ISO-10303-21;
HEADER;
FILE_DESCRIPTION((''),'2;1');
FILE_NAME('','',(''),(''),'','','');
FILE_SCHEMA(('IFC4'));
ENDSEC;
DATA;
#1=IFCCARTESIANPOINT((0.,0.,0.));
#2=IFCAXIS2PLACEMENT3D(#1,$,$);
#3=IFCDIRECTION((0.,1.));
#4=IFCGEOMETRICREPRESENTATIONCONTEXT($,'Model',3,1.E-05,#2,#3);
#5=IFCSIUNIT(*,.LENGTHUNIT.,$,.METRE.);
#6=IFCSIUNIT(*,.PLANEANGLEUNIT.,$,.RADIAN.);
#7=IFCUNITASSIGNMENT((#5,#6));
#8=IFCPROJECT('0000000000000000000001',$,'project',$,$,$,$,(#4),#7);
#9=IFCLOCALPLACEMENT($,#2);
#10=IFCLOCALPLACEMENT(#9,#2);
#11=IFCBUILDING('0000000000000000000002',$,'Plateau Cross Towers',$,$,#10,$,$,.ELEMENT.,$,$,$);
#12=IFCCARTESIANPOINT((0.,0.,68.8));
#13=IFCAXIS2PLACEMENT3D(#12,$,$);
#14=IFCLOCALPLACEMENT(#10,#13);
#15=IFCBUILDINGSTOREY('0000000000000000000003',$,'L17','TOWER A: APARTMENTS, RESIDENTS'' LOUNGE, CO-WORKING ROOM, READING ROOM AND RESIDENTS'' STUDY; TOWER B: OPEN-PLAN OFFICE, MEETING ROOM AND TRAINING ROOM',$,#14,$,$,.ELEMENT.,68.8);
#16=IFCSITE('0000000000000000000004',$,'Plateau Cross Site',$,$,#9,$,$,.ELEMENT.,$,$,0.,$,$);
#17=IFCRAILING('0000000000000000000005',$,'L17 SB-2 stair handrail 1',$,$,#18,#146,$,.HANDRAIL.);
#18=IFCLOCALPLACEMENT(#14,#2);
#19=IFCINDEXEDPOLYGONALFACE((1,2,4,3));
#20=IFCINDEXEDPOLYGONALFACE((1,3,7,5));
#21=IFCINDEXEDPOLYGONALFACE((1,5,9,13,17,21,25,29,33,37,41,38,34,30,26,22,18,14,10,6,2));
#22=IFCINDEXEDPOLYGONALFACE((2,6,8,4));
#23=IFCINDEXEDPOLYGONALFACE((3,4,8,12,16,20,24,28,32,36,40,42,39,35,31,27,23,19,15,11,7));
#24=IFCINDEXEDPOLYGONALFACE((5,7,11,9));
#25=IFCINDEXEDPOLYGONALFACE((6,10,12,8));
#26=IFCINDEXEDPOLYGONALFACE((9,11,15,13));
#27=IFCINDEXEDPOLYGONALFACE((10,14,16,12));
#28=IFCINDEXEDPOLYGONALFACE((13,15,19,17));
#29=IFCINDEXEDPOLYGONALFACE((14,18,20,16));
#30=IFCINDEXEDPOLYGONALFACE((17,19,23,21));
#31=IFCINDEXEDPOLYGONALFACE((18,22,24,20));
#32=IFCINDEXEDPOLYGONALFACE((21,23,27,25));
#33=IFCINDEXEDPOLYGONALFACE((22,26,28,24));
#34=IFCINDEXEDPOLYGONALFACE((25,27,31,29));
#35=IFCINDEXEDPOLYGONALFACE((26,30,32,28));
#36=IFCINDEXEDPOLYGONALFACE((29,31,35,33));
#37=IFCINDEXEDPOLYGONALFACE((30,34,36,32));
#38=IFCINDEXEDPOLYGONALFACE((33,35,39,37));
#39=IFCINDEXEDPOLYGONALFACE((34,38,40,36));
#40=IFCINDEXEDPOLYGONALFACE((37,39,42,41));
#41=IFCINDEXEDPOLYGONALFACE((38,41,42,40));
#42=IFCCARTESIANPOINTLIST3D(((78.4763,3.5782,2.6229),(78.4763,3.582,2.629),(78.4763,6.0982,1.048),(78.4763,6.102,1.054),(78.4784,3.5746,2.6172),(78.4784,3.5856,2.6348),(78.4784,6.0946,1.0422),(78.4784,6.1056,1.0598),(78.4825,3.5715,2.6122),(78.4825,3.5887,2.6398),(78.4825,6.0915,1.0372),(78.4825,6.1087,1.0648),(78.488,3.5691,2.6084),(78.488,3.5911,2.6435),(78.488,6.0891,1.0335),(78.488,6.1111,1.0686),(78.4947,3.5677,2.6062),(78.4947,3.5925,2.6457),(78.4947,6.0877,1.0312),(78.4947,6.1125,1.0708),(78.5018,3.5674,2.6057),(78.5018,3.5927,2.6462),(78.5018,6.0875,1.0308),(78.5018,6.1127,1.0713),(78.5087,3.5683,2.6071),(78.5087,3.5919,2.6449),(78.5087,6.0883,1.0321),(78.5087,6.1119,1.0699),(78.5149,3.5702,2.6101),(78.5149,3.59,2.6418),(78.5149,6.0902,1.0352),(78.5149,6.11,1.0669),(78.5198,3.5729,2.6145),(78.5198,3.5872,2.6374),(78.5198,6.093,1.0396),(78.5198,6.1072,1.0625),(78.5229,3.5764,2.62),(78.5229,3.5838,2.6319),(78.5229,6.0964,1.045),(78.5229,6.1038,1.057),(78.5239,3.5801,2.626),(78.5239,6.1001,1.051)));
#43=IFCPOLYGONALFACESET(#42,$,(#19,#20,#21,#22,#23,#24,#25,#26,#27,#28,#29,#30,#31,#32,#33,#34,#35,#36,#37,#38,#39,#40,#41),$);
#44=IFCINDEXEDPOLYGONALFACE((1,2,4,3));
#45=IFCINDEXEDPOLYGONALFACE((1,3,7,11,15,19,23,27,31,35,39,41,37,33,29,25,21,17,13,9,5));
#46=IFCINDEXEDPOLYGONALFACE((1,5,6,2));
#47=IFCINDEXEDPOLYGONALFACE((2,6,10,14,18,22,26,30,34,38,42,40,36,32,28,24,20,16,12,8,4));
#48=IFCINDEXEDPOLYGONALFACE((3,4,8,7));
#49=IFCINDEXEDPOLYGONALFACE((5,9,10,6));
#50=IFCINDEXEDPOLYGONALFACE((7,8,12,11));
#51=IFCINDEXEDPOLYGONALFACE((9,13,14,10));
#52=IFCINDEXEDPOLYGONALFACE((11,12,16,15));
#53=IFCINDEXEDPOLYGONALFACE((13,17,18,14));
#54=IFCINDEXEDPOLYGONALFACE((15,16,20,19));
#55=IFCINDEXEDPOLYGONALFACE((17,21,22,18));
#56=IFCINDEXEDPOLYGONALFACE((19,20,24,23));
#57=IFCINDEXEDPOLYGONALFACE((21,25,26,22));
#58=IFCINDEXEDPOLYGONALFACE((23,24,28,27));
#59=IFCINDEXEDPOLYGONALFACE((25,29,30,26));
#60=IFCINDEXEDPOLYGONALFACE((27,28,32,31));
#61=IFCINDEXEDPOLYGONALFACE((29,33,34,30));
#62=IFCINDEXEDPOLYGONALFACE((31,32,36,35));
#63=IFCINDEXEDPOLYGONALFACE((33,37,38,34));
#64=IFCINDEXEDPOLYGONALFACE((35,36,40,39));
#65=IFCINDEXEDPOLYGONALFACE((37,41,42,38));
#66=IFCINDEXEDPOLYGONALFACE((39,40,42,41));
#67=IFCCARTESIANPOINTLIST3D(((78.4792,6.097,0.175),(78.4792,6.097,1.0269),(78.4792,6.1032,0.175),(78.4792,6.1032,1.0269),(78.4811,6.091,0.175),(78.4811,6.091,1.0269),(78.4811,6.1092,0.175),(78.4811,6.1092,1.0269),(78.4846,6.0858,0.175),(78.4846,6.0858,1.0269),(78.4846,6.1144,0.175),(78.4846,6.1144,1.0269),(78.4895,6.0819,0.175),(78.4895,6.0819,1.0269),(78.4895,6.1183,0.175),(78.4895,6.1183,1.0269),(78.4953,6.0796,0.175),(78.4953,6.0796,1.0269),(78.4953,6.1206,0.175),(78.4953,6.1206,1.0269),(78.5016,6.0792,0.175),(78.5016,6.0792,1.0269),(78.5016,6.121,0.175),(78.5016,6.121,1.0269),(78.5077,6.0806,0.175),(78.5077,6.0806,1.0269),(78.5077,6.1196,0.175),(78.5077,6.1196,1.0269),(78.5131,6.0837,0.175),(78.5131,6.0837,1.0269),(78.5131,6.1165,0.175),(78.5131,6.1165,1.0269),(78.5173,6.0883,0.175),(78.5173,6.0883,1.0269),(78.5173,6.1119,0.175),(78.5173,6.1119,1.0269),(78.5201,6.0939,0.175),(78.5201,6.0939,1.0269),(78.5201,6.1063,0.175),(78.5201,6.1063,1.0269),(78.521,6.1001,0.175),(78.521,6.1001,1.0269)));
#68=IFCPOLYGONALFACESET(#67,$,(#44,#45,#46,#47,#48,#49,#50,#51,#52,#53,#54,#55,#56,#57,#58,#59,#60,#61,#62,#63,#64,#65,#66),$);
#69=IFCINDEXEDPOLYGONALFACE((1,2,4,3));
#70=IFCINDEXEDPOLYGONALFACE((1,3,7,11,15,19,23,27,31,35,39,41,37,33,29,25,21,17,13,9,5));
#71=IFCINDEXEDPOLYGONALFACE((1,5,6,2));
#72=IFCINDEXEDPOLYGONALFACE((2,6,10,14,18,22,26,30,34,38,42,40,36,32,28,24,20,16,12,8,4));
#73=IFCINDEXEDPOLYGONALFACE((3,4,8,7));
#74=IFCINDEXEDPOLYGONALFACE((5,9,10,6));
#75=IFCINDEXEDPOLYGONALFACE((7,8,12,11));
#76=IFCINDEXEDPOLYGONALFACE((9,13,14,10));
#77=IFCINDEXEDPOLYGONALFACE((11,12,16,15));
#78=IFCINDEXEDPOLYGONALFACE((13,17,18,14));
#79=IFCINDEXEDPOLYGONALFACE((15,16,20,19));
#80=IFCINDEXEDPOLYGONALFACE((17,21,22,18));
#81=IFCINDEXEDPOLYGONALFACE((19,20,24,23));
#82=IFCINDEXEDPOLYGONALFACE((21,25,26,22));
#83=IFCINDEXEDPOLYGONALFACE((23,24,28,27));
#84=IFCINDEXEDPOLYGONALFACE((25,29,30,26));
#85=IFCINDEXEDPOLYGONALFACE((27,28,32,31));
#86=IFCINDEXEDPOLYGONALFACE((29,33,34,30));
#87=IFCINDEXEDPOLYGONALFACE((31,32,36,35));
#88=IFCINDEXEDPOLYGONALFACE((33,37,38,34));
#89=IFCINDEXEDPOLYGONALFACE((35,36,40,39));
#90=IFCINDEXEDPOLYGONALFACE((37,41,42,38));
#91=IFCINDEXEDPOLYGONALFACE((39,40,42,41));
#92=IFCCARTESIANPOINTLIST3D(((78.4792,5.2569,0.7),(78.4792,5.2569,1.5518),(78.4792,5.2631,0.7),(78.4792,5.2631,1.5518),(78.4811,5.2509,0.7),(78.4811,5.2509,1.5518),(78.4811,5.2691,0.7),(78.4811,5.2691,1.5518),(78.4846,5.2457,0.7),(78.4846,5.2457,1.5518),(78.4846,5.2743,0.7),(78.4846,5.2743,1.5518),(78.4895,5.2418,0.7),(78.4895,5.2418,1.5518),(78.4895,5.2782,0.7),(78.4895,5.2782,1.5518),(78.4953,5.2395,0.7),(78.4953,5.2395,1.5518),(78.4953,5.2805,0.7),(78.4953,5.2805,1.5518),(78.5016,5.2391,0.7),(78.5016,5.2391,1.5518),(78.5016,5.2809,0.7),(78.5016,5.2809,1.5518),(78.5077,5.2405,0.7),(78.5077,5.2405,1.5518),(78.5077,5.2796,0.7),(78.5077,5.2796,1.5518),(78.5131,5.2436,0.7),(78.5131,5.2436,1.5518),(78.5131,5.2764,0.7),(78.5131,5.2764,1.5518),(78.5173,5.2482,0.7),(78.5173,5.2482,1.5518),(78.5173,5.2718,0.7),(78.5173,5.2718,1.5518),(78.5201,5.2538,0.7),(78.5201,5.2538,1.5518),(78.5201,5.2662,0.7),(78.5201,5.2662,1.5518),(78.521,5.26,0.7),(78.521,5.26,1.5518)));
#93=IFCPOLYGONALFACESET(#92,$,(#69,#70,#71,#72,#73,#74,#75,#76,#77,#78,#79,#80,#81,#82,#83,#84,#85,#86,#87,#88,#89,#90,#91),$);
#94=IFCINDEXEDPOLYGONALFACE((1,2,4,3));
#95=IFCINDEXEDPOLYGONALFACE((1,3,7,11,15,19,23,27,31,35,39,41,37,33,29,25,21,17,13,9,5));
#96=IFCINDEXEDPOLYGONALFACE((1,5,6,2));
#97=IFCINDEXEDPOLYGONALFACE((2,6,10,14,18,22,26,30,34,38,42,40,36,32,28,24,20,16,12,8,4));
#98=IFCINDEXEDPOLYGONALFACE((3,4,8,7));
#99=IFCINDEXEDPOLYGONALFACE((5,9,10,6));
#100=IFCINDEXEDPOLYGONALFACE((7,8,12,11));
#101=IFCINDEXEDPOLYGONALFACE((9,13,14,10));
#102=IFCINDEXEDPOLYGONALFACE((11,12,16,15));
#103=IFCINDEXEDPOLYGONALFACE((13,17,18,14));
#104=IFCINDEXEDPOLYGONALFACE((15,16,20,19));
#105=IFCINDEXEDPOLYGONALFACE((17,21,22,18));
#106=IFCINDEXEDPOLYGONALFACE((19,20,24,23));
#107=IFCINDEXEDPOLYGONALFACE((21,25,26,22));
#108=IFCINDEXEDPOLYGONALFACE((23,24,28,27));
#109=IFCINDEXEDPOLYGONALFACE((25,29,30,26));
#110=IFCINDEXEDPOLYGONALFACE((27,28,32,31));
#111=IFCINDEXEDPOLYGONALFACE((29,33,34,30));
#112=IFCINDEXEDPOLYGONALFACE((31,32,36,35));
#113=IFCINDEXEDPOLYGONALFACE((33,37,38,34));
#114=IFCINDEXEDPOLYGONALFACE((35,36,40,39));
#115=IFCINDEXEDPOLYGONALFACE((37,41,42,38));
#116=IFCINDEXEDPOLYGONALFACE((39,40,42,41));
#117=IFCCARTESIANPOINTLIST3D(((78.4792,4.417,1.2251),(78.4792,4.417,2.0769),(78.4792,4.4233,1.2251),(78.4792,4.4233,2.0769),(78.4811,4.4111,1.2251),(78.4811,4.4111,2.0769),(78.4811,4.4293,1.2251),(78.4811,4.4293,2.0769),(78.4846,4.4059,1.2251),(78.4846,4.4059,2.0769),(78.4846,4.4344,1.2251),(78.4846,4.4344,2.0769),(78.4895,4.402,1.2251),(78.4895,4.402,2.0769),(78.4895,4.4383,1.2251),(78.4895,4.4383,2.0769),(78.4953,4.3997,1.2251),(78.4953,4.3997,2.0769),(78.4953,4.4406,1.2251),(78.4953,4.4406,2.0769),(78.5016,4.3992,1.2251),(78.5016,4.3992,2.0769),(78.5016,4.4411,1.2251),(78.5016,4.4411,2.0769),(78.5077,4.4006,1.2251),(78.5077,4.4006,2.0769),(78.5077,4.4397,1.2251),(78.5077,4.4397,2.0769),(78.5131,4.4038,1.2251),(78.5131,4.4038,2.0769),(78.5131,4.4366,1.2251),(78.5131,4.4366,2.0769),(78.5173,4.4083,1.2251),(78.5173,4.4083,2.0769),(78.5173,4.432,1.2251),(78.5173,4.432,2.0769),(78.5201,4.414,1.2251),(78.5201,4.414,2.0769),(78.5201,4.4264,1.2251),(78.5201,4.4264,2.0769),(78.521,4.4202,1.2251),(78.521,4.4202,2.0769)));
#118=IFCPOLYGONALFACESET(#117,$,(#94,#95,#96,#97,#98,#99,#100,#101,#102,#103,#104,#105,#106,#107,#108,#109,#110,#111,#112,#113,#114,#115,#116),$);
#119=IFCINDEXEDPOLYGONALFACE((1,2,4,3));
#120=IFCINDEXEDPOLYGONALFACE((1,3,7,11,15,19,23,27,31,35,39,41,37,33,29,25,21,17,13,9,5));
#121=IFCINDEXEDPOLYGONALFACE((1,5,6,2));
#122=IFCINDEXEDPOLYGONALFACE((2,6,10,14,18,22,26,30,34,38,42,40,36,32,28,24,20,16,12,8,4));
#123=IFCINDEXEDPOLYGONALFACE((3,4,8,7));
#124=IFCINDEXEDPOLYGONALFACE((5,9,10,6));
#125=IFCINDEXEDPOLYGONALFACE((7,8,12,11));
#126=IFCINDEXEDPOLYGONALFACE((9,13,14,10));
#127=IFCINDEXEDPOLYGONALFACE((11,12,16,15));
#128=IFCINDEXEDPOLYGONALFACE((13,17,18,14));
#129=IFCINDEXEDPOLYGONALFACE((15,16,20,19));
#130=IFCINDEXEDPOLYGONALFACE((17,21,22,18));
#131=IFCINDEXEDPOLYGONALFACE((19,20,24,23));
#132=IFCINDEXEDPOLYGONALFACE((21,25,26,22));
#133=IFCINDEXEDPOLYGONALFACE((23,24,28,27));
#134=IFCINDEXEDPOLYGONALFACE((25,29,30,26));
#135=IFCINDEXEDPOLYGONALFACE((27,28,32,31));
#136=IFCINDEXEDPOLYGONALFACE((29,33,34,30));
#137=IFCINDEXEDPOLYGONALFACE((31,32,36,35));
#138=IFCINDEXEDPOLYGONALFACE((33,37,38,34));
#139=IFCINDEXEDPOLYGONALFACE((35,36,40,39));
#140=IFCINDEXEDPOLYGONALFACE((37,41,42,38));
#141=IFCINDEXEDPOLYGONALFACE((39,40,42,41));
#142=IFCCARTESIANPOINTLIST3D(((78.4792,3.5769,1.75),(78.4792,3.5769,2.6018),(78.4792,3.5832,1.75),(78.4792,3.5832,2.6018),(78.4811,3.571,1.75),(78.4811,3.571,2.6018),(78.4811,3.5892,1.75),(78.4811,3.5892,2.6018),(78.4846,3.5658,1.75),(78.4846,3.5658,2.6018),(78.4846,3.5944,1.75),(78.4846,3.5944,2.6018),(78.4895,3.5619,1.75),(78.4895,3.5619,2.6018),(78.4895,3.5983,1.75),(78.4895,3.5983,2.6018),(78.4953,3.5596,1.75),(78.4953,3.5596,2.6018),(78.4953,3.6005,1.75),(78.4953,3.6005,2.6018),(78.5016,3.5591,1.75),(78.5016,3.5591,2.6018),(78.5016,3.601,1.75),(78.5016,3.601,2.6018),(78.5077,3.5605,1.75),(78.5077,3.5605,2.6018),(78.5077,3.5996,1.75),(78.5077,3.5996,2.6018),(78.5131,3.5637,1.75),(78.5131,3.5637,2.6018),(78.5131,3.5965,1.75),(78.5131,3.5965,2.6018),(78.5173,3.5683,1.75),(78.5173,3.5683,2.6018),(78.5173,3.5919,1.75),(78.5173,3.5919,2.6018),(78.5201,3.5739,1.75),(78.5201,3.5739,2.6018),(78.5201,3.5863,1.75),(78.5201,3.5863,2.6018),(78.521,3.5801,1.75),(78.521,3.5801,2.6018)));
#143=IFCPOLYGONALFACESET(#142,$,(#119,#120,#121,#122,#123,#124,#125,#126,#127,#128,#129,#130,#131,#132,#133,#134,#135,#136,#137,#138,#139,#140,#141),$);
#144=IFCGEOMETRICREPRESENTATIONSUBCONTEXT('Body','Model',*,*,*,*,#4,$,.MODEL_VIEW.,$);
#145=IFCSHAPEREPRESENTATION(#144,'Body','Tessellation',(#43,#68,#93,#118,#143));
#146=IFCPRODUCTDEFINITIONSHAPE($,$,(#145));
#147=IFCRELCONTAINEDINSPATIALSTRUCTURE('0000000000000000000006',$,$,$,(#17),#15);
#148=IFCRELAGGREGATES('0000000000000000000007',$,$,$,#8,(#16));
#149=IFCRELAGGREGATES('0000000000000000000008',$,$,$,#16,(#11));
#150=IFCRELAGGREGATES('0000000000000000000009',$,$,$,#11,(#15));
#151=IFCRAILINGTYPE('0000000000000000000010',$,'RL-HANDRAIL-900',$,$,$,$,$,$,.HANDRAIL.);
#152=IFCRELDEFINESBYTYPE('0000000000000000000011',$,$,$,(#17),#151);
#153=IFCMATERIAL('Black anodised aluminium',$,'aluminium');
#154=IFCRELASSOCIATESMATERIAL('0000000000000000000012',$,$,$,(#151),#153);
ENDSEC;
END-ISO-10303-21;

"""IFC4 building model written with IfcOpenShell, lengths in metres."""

from ifc_helpers import new_model, si_unit, direction, frame, origin, origin_2d, place, context, subcontext, project, spatial, circle, extrude, material, type_object, element, save


model = new_model("IFC4")

# Units and contexts
model_context = context("Model", 3, precision=1e-05, world=origin(), true_north=direction((0.0, 1.0)))
body_context = subcontext(model_context, "Body", "Model", "MODEL_VIEW")
ifc_project = project(units=[si_unit("LENGTHUNIT", "METRE"), si_unit("PLANEANGLEUNIT", "RADIAN")], contexts=[model_context])

# Site, building, storey
site_placement = place(None, origin())
site = spatial("IfcSite", under=ifc_project, at=site_placement, Name="Plateau Cross Site", CompositionType="ELEMENT", RefElevation=0.0)
building_placement = place(site_placement, origin())
building = spatial("IfcBuilding", under=site, at=building_placement, Name="Plateau Cross Towers", CompositionType="ELEMENT")
storey_placement = place(building_placement, frame((0.0, 0.0, 68.8)))
storey = spatial("IfcBuildingStorey", under=building, at=storey_placement, Name="L17", Description="TOWER A: APARTMENTS, RESIDENTS' LOUNGE, CO-WORKING ROOM, READING ROOM AND RESIDENTS' STUDY; TOWER B: OPEN-PLAN OFFICE, MEETING ROOM AND TRAINING ROOM", CompositionType="ELEMENT", Elevation=68.8)

# Shared definitions
ifc_material_1 = material(Name="Black anodised aluminium", Category="aluminium")

# Railing
railing_type_1 = type_object("IfcRailingType", Name="RL-HANDRAIL-900", PredefinedType="HANDRAIL", material=ifc_material_1)
railing_1_placement = place(storey_placement, frame((78.5, 6.1001, 0.175)))
element("IfcRailing", 1, at=railing_1_placement, inside=storey, type_object=railing_type_1, Name="L17 SB-2 stair handrail 1", PredefinedType="HANDRAIL", context=body_context, shape_type="SweptSolid", body=[
    extrude(circle(Radius=0.0239, at=origin_2d()), frame((0.0, 0.0, 0.876), z_axis=(0.0, -0.848008, 0.529984), x_axis=(1.0, 0.0, 0.0)), (0.0, 0.0, 1.0), 2.9717),
    extrude(circle(Radius=0.021, at=origin_2d()), origin(), (0.0, 0.0, 1.0), 0.8518),
    extrude(circle(Radius=0.021, at=origin_2d()), frame((0.0, -0.8401, 0.5249)), (0.0, 0.0, 1.0), 0.8518),
    extrude(circle(Radius=0.021, at=origin_2d()), frame((0.0, -1.6799, 1.05)), (0.0, 0.0, 1.0), 0.8518),
    extrude(circle(Radius=0.021, at=origin_2d()), frame((0.0, -2.52, 1.575)), (0.0, 0.0, 1.0), 0.8518),
])

save(model, "model.ifc")
